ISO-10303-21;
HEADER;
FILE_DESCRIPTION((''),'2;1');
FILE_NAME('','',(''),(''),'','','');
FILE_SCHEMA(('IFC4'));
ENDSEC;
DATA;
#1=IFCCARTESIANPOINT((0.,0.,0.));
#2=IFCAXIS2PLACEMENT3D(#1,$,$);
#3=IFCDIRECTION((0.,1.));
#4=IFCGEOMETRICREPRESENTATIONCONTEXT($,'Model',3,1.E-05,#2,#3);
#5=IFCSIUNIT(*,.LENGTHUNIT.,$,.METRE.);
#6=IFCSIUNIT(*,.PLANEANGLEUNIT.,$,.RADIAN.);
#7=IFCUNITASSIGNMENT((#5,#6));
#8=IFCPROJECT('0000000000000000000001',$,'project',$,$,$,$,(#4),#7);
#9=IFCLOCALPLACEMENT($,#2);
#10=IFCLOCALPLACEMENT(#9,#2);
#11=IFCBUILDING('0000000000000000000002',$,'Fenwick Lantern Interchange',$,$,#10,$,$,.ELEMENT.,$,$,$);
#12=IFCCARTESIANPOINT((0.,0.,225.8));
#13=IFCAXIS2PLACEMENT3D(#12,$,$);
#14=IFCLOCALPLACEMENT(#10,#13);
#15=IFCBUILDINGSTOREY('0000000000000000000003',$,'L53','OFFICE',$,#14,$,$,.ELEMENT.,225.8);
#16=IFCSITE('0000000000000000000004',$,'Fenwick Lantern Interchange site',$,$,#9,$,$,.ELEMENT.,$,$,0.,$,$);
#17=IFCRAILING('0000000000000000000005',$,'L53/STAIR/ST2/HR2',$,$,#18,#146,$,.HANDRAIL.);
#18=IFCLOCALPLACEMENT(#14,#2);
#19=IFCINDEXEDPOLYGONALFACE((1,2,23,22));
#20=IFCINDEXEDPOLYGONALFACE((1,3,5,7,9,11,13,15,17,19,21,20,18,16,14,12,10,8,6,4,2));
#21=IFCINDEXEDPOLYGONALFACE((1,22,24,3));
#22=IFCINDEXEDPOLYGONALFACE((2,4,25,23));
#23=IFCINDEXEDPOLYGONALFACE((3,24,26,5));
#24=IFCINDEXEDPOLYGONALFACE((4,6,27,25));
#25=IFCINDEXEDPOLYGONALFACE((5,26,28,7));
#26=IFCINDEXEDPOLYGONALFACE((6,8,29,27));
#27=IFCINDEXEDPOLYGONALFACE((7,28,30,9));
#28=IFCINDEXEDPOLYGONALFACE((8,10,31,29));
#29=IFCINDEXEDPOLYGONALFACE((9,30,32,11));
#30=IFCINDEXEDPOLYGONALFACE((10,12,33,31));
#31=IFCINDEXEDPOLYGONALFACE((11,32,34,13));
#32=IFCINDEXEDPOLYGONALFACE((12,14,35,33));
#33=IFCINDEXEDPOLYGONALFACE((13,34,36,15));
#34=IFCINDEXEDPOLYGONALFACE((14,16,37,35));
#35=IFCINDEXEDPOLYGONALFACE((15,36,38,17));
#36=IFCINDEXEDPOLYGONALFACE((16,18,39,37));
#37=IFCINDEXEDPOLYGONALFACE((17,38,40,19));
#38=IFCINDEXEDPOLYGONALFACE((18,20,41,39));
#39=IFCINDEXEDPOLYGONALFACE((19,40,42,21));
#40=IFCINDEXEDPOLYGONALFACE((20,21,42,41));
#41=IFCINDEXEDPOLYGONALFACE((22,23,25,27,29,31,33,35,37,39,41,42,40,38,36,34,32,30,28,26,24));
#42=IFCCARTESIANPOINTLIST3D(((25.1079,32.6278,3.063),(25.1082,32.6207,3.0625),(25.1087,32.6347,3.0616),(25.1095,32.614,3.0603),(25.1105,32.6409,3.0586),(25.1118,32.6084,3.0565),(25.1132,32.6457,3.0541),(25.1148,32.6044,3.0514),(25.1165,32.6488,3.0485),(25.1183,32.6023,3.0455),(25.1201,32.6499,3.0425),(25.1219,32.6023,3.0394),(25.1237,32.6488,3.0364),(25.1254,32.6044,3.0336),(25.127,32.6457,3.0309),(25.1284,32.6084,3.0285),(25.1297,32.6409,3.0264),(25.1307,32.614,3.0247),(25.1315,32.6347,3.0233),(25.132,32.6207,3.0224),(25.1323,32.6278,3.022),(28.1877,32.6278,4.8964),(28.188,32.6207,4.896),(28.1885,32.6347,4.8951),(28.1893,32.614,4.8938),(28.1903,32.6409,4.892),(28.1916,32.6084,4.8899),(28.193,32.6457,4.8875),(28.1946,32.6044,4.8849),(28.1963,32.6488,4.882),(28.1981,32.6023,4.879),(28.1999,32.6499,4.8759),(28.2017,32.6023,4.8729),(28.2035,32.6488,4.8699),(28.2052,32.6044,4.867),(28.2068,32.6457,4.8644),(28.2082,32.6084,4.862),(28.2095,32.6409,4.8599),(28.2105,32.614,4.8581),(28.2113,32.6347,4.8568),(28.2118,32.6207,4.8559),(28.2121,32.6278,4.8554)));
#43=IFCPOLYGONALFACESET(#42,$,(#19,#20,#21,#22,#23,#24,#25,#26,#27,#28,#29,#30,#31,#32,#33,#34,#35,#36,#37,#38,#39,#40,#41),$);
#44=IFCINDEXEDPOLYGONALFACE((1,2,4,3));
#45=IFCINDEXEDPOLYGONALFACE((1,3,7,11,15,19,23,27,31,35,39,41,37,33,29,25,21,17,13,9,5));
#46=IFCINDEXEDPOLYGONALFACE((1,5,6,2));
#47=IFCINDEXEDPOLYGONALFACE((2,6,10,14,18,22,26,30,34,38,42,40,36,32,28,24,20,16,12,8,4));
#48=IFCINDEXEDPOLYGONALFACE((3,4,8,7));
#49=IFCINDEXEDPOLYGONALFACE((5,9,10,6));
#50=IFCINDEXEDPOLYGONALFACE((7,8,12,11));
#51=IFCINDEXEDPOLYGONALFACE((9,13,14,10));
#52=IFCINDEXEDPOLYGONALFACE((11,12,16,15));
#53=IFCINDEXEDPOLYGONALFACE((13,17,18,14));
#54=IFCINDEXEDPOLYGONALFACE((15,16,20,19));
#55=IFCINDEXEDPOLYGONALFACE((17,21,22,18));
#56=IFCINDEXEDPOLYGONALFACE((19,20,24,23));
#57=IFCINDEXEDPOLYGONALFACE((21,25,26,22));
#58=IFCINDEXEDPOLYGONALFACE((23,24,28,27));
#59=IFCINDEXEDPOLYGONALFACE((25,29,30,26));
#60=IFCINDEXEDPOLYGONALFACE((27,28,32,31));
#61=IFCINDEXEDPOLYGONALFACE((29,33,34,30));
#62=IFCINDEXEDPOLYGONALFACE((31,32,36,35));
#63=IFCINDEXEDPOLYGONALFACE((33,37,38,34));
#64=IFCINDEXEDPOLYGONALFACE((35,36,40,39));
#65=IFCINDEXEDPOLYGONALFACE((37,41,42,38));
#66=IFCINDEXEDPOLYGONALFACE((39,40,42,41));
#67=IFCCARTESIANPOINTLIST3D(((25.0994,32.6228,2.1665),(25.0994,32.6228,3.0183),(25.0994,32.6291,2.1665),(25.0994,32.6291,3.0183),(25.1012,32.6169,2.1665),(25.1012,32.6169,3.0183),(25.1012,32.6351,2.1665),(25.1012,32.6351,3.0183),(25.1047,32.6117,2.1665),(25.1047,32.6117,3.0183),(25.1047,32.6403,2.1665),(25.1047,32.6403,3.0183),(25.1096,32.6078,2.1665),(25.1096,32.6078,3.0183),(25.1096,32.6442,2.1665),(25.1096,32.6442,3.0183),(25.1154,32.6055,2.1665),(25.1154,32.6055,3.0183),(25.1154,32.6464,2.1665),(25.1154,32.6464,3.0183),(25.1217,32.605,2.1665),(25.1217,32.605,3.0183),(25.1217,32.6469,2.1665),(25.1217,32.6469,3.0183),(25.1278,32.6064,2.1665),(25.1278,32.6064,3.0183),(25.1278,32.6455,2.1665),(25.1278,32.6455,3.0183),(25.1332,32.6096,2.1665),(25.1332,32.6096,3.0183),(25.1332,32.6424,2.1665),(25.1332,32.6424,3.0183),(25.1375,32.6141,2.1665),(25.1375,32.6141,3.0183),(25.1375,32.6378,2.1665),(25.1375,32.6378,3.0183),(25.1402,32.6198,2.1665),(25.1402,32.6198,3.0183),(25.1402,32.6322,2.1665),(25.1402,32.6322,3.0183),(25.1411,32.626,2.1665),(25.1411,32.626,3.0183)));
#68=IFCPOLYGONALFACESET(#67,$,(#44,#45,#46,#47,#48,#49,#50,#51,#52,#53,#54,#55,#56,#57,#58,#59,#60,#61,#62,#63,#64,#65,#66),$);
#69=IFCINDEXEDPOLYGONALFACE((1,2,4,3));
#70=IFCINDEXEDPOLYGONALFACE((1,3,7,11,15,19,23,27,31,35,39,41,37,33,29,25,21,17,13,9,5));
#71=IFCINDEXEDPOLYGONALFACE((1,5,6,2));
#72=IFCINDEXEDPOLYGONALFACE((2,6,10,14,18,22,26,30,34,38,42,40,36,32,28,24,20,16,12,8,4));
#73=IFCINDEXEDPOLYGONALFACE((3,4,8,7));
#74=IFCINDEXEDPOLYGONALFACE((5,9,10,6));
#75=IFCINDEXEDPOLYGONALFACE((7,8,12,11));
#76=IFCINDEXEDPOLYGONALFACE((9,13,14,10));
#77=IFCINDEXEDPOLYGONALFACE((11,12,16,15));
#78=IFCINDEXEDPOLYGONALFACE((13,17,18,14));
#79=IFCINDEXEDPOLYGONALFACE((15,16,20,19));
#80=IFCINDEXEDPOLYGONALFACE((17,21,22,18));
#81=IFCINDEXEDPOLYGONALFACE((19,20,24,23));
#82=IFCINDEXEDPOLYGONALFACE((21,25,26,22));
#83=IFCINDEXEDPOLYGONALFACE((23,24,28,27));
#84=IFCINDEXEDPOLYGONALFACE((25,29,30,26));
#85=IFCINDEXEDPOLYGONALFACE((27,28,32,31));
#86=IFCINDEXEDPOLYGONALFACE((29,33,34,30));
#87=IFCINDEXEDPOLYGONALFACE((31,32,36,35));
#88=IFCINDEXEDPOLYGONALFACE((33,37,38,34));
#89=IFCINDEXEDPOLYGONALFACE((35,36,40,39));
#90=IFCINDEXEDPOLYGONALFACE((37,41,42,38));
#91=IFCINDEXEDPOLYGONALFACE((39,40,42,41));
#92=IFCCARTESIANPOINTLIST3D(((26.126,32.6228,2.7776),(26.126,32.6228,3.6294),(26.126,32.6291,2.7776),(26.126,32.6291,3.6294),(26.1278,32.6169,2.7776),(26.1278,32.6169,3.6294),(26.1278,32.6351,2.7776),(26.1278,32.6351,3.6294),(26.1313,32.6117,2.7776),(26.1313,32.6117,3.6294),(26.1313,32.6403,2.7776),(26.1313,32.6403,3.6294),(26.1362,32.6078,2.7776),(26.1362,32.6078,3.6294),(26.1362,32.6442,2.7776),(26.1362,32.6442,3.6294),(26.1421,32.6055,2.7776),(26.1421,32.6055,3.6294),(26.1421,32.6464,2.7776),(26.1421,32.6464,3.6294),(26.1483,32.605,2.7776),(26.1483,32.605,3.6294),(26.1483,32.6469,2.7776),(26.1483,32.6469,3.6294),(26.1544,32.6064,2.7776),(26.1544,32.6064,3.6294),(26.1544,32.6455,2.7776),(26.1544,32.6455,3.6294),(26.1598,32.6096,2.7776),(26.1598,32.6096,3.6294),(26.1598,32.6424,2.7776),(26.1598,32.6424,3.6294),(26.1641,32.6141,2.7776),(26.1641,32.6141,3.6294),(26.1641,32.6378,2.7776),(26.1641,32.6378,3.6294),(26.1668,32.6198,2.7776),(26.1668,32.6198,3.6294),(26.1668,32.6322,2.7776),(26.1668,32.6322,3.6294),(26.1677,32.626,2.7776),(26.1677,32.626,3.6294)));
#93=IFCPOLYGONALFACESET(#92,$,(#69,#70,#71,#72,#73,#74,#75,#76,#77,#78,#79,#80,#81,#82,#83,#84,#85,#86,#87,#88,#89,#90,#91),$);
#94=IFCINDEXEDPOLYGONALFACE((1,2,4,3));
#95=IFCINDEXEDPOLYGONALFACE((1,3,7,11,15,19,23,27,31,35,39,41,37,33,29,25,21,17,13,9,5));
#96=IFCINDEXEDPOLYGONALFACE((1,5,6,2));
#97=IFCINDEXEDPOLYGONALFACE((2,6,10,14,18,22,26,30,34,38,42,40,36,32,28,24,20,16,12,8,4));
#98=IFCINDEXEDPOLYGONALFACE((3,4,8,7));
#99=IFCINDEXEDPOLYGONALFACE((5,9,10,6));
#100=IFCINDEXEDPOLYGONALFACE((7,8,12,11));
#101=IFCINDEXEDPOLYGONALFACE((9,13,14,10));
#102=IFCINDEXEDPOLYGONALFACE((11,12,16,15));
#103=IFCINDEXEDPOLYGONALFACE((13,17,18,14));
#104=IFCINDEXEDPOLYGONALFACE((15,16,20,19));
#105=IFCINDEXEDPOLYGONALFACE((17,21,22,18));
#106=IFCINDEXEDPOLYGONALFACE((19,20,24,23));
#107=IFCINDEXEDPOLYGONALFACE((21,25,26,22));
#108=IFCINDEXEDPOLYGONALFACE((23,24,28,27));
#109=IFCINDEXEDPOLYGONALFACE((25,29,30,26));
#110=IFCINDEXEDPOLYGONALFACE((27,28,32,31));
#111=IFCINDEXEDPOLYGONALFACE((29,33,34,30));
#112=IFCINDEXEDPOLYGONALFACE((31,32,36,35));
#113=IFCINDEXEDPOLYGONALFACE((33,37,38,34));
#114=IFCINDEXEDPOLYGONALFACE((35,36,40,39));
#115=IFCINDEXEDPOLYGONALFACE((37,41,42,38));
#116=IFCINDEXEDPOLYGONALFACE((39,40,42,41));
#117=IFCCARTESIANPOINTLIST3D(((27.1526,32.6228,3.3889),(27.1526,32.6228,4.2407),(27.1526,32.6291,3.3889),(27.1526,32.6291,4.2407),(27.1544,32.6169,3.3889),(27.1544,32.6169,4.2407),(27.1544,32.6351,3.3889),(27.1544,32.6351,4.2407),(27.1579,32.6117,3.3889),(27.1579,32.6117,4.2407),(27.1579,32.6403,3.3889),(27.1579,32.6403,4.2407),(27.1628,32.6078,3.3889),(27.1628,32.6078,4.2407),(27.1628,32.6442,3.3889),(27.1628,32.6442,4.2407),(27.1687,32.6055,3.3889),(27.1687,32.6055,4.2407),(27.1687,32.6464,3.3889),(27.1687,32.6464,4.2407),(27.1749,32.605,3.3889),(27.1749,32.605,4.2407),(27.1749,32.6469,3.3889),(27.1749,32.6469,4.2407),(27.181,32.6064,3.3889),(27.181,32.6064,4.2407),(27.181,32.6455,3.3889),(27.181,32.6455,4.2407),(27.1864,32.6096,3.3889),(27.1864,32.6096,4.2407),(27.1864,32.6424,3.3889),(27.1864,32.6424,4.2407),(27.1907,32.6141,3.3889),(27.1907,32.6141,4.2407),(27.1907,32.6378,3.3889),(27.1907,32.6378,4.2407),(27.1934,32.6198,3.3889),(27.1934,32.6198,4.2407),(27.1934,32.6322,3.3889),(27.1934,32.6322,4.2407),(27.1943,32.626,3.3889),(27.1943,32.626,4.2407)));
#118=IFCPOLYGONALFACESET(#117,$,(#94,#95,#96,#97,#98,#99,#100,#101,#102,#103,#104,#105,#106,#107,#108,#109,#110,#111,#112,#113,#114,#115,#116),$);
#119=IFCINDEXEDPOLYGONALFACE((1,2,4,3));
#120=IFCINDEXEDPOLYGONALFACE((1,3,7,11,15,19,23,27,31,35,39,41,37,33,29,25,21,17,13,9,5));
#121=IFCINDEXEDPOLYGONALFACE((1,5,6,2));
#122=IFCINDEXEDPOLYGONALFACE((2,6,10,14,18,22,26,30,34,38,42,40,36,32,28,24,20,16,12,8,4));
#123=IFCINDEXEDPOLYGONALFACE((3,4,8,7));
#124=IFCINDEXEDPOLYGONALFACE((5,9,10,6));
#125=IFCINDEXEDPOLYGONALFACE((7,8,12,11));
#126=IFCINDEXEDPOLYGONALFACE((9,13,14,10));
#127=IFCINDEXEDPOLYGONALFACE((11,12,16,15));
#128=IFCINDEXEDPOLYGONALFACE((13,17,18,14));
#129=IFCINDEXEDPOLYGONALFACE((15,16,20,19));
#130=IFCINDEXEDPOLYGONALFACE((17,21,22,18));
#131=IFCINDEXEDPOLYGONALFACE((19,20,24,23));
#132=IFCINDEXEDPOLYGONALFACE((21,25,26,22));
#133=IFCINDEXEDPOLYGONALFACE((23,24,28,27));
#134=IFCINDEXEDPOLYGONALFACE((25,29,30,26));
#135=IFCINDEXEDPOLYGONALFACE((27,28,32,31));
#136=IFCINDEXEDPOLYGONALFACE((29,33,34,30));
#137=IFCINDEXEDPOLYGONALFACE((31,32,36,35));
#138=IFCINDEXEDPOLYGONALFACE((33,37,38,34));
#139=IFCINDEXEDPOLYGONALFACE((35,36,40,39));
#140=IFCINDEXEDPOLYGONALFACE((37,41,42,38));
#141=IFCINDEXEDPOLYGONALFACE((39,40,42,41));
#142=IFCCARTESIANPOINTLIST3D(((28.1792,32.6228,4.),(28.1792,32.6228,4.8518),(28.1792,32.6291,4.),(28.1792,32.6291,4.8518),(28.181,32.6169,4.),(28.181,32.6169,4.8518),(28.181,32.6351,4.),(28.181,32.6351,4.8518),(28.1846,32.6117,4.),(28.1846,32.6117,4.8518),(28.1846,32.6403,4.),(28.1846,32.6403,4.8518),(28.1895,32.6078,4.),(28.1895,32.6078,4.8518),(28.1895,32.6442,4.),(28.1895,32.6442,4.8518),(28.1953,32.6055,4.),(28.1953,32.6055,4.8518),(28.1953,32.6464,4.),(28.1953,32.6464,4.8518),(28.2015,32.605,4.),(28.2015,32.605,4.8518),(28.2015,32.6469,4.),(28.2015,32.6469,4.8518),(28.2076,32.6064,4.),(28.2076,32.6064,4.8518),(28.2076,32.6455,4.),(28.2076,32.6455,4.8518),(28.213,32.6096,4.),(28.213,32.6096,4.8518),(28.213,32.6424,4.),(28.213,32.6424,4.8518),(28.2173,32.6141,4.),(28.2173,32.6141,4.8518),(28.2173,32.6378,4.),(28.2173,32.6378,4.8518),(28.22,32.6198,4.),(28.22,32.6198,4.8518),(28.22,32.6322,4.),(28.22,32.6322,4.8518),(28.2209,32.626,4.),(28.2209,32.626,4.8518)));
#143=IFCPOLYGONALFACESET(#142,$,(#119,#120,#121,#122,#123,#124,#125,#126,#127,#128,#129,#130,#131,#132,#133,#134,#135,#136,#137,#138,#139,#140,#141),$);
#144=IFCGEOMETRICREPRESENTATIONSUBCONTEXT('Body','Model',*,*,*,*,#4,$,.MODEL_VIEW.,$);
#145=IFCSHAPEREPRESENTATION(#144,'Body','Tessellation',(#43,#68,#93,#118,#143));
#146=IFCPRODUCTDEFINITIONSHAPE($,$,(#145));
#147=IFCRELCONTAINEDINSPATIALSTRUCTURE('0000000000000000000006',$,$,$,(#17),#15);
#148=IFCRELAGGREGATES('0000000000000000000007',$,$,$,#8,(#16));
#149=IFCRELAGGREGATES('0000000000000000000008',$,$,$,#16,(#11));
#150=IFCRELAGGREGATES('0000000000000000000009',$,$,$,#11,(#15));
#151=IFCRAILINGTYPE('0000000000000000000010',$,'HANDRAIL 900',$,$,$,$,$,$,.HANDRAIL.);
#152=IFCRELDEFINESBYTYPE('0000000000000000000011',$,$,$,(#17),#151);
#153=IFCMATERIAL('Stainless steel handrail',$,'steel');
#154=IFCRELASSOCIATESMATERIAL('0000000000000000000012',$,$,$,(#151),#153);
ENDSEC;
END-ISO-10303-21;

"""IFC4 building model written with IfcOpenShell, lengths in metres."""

from ifc_helpers import new_model, si_unit, direction, frame, origin, origin_2d, place, context, subcontext, project, spatial, circle, extrude, material, type_object, element, save


model = new_model("IFC4")

# Units and contexts
model_context = context("Model", 3, precision=1e-05, world=origin(), true_north=direction((0.0, 1.0)))
body_context = subcontext(model_context, "Body", "Model", "MODEL_VIEW")
ifc_project = project(units=[si_unit("LENGTHUNIT", "METRE"), si_unit("PLANEANGLEUNIT", "RADIAN")], contexts=[model_context])

# Site, building, storey
site_placement = place(None, origin())
site = spatial("IfcSite", under=ifc_project, at=site_placement, Name="Fenwick Lantern Interchange site", CompositionType="ELEMENT", RefElevation=0.0)
building_placement = place(site_placement, origin())
building = spatial("IfcBuilding", under=site, at=building_placement, Name="Fenwick Lantern Interchange", CompositionType="ELEMENT")
storey_placement = place(building_placement, frame((0.0, 0.0, 225.8)))
storey = spatial("IfcBuildingStorey", under=building, at=storey_placement, Name="L53", Description="OFFICE", CompositionType="ELEMENT", Elevation=225.8)

# Railing
ifc_material_1 = material(Name="Stainless steel handrail", Category="steel")
railing_type = type_object("IfcRailingType", Name="HANDRAIL 900", PredefinedType="HANDRAIL", material=ifc_material_1)
railing_1_placement = place(storey_placement, frame((25.1201, 32.626, 2.1665)))
element("IfcRailing", 1, at=railing_1_placement, inside=storey, type_object=railing_type, Name="L53/STAIR/ST2/HR2", PredefinedType="HANDRAIL", context=body_context, shape_type="SweptSolid", body=[
    extrude(circle(Radius=0.0239, at=origin_2d()), frame((0.0, 0.0, 0.876), z_axis=(0.859261, 0.0, 0.511538), x_axis=(0.0, 1.0, 0.0)), (0.0, 0.0, 1.0), 3.5842),
    extrude(circle(Radius=0.021, at=origin_2d()), origin(), (0.0, 0.0, 1.0), 0.8518),
    extrude(circle(Radius=0.021, at=origin_2d()), frame((1.0266, 0.0, 0.6111)), (0.0, 0.0, 1.0), 0.8518),
    extrude(circle(Radius=0.021, at=origin_2d()), frame((2.0532, 0.0, 1.2224)), (0.0, 0.0, 1.0), 0.8518),
    extrude(circle(Radius=0.021, at=origin_2d()), frame((3.0798, 0.0, 1.8335)), (0.0, 0.0, 1.0), 0.8518),
])

save(model, "model.ifc")
